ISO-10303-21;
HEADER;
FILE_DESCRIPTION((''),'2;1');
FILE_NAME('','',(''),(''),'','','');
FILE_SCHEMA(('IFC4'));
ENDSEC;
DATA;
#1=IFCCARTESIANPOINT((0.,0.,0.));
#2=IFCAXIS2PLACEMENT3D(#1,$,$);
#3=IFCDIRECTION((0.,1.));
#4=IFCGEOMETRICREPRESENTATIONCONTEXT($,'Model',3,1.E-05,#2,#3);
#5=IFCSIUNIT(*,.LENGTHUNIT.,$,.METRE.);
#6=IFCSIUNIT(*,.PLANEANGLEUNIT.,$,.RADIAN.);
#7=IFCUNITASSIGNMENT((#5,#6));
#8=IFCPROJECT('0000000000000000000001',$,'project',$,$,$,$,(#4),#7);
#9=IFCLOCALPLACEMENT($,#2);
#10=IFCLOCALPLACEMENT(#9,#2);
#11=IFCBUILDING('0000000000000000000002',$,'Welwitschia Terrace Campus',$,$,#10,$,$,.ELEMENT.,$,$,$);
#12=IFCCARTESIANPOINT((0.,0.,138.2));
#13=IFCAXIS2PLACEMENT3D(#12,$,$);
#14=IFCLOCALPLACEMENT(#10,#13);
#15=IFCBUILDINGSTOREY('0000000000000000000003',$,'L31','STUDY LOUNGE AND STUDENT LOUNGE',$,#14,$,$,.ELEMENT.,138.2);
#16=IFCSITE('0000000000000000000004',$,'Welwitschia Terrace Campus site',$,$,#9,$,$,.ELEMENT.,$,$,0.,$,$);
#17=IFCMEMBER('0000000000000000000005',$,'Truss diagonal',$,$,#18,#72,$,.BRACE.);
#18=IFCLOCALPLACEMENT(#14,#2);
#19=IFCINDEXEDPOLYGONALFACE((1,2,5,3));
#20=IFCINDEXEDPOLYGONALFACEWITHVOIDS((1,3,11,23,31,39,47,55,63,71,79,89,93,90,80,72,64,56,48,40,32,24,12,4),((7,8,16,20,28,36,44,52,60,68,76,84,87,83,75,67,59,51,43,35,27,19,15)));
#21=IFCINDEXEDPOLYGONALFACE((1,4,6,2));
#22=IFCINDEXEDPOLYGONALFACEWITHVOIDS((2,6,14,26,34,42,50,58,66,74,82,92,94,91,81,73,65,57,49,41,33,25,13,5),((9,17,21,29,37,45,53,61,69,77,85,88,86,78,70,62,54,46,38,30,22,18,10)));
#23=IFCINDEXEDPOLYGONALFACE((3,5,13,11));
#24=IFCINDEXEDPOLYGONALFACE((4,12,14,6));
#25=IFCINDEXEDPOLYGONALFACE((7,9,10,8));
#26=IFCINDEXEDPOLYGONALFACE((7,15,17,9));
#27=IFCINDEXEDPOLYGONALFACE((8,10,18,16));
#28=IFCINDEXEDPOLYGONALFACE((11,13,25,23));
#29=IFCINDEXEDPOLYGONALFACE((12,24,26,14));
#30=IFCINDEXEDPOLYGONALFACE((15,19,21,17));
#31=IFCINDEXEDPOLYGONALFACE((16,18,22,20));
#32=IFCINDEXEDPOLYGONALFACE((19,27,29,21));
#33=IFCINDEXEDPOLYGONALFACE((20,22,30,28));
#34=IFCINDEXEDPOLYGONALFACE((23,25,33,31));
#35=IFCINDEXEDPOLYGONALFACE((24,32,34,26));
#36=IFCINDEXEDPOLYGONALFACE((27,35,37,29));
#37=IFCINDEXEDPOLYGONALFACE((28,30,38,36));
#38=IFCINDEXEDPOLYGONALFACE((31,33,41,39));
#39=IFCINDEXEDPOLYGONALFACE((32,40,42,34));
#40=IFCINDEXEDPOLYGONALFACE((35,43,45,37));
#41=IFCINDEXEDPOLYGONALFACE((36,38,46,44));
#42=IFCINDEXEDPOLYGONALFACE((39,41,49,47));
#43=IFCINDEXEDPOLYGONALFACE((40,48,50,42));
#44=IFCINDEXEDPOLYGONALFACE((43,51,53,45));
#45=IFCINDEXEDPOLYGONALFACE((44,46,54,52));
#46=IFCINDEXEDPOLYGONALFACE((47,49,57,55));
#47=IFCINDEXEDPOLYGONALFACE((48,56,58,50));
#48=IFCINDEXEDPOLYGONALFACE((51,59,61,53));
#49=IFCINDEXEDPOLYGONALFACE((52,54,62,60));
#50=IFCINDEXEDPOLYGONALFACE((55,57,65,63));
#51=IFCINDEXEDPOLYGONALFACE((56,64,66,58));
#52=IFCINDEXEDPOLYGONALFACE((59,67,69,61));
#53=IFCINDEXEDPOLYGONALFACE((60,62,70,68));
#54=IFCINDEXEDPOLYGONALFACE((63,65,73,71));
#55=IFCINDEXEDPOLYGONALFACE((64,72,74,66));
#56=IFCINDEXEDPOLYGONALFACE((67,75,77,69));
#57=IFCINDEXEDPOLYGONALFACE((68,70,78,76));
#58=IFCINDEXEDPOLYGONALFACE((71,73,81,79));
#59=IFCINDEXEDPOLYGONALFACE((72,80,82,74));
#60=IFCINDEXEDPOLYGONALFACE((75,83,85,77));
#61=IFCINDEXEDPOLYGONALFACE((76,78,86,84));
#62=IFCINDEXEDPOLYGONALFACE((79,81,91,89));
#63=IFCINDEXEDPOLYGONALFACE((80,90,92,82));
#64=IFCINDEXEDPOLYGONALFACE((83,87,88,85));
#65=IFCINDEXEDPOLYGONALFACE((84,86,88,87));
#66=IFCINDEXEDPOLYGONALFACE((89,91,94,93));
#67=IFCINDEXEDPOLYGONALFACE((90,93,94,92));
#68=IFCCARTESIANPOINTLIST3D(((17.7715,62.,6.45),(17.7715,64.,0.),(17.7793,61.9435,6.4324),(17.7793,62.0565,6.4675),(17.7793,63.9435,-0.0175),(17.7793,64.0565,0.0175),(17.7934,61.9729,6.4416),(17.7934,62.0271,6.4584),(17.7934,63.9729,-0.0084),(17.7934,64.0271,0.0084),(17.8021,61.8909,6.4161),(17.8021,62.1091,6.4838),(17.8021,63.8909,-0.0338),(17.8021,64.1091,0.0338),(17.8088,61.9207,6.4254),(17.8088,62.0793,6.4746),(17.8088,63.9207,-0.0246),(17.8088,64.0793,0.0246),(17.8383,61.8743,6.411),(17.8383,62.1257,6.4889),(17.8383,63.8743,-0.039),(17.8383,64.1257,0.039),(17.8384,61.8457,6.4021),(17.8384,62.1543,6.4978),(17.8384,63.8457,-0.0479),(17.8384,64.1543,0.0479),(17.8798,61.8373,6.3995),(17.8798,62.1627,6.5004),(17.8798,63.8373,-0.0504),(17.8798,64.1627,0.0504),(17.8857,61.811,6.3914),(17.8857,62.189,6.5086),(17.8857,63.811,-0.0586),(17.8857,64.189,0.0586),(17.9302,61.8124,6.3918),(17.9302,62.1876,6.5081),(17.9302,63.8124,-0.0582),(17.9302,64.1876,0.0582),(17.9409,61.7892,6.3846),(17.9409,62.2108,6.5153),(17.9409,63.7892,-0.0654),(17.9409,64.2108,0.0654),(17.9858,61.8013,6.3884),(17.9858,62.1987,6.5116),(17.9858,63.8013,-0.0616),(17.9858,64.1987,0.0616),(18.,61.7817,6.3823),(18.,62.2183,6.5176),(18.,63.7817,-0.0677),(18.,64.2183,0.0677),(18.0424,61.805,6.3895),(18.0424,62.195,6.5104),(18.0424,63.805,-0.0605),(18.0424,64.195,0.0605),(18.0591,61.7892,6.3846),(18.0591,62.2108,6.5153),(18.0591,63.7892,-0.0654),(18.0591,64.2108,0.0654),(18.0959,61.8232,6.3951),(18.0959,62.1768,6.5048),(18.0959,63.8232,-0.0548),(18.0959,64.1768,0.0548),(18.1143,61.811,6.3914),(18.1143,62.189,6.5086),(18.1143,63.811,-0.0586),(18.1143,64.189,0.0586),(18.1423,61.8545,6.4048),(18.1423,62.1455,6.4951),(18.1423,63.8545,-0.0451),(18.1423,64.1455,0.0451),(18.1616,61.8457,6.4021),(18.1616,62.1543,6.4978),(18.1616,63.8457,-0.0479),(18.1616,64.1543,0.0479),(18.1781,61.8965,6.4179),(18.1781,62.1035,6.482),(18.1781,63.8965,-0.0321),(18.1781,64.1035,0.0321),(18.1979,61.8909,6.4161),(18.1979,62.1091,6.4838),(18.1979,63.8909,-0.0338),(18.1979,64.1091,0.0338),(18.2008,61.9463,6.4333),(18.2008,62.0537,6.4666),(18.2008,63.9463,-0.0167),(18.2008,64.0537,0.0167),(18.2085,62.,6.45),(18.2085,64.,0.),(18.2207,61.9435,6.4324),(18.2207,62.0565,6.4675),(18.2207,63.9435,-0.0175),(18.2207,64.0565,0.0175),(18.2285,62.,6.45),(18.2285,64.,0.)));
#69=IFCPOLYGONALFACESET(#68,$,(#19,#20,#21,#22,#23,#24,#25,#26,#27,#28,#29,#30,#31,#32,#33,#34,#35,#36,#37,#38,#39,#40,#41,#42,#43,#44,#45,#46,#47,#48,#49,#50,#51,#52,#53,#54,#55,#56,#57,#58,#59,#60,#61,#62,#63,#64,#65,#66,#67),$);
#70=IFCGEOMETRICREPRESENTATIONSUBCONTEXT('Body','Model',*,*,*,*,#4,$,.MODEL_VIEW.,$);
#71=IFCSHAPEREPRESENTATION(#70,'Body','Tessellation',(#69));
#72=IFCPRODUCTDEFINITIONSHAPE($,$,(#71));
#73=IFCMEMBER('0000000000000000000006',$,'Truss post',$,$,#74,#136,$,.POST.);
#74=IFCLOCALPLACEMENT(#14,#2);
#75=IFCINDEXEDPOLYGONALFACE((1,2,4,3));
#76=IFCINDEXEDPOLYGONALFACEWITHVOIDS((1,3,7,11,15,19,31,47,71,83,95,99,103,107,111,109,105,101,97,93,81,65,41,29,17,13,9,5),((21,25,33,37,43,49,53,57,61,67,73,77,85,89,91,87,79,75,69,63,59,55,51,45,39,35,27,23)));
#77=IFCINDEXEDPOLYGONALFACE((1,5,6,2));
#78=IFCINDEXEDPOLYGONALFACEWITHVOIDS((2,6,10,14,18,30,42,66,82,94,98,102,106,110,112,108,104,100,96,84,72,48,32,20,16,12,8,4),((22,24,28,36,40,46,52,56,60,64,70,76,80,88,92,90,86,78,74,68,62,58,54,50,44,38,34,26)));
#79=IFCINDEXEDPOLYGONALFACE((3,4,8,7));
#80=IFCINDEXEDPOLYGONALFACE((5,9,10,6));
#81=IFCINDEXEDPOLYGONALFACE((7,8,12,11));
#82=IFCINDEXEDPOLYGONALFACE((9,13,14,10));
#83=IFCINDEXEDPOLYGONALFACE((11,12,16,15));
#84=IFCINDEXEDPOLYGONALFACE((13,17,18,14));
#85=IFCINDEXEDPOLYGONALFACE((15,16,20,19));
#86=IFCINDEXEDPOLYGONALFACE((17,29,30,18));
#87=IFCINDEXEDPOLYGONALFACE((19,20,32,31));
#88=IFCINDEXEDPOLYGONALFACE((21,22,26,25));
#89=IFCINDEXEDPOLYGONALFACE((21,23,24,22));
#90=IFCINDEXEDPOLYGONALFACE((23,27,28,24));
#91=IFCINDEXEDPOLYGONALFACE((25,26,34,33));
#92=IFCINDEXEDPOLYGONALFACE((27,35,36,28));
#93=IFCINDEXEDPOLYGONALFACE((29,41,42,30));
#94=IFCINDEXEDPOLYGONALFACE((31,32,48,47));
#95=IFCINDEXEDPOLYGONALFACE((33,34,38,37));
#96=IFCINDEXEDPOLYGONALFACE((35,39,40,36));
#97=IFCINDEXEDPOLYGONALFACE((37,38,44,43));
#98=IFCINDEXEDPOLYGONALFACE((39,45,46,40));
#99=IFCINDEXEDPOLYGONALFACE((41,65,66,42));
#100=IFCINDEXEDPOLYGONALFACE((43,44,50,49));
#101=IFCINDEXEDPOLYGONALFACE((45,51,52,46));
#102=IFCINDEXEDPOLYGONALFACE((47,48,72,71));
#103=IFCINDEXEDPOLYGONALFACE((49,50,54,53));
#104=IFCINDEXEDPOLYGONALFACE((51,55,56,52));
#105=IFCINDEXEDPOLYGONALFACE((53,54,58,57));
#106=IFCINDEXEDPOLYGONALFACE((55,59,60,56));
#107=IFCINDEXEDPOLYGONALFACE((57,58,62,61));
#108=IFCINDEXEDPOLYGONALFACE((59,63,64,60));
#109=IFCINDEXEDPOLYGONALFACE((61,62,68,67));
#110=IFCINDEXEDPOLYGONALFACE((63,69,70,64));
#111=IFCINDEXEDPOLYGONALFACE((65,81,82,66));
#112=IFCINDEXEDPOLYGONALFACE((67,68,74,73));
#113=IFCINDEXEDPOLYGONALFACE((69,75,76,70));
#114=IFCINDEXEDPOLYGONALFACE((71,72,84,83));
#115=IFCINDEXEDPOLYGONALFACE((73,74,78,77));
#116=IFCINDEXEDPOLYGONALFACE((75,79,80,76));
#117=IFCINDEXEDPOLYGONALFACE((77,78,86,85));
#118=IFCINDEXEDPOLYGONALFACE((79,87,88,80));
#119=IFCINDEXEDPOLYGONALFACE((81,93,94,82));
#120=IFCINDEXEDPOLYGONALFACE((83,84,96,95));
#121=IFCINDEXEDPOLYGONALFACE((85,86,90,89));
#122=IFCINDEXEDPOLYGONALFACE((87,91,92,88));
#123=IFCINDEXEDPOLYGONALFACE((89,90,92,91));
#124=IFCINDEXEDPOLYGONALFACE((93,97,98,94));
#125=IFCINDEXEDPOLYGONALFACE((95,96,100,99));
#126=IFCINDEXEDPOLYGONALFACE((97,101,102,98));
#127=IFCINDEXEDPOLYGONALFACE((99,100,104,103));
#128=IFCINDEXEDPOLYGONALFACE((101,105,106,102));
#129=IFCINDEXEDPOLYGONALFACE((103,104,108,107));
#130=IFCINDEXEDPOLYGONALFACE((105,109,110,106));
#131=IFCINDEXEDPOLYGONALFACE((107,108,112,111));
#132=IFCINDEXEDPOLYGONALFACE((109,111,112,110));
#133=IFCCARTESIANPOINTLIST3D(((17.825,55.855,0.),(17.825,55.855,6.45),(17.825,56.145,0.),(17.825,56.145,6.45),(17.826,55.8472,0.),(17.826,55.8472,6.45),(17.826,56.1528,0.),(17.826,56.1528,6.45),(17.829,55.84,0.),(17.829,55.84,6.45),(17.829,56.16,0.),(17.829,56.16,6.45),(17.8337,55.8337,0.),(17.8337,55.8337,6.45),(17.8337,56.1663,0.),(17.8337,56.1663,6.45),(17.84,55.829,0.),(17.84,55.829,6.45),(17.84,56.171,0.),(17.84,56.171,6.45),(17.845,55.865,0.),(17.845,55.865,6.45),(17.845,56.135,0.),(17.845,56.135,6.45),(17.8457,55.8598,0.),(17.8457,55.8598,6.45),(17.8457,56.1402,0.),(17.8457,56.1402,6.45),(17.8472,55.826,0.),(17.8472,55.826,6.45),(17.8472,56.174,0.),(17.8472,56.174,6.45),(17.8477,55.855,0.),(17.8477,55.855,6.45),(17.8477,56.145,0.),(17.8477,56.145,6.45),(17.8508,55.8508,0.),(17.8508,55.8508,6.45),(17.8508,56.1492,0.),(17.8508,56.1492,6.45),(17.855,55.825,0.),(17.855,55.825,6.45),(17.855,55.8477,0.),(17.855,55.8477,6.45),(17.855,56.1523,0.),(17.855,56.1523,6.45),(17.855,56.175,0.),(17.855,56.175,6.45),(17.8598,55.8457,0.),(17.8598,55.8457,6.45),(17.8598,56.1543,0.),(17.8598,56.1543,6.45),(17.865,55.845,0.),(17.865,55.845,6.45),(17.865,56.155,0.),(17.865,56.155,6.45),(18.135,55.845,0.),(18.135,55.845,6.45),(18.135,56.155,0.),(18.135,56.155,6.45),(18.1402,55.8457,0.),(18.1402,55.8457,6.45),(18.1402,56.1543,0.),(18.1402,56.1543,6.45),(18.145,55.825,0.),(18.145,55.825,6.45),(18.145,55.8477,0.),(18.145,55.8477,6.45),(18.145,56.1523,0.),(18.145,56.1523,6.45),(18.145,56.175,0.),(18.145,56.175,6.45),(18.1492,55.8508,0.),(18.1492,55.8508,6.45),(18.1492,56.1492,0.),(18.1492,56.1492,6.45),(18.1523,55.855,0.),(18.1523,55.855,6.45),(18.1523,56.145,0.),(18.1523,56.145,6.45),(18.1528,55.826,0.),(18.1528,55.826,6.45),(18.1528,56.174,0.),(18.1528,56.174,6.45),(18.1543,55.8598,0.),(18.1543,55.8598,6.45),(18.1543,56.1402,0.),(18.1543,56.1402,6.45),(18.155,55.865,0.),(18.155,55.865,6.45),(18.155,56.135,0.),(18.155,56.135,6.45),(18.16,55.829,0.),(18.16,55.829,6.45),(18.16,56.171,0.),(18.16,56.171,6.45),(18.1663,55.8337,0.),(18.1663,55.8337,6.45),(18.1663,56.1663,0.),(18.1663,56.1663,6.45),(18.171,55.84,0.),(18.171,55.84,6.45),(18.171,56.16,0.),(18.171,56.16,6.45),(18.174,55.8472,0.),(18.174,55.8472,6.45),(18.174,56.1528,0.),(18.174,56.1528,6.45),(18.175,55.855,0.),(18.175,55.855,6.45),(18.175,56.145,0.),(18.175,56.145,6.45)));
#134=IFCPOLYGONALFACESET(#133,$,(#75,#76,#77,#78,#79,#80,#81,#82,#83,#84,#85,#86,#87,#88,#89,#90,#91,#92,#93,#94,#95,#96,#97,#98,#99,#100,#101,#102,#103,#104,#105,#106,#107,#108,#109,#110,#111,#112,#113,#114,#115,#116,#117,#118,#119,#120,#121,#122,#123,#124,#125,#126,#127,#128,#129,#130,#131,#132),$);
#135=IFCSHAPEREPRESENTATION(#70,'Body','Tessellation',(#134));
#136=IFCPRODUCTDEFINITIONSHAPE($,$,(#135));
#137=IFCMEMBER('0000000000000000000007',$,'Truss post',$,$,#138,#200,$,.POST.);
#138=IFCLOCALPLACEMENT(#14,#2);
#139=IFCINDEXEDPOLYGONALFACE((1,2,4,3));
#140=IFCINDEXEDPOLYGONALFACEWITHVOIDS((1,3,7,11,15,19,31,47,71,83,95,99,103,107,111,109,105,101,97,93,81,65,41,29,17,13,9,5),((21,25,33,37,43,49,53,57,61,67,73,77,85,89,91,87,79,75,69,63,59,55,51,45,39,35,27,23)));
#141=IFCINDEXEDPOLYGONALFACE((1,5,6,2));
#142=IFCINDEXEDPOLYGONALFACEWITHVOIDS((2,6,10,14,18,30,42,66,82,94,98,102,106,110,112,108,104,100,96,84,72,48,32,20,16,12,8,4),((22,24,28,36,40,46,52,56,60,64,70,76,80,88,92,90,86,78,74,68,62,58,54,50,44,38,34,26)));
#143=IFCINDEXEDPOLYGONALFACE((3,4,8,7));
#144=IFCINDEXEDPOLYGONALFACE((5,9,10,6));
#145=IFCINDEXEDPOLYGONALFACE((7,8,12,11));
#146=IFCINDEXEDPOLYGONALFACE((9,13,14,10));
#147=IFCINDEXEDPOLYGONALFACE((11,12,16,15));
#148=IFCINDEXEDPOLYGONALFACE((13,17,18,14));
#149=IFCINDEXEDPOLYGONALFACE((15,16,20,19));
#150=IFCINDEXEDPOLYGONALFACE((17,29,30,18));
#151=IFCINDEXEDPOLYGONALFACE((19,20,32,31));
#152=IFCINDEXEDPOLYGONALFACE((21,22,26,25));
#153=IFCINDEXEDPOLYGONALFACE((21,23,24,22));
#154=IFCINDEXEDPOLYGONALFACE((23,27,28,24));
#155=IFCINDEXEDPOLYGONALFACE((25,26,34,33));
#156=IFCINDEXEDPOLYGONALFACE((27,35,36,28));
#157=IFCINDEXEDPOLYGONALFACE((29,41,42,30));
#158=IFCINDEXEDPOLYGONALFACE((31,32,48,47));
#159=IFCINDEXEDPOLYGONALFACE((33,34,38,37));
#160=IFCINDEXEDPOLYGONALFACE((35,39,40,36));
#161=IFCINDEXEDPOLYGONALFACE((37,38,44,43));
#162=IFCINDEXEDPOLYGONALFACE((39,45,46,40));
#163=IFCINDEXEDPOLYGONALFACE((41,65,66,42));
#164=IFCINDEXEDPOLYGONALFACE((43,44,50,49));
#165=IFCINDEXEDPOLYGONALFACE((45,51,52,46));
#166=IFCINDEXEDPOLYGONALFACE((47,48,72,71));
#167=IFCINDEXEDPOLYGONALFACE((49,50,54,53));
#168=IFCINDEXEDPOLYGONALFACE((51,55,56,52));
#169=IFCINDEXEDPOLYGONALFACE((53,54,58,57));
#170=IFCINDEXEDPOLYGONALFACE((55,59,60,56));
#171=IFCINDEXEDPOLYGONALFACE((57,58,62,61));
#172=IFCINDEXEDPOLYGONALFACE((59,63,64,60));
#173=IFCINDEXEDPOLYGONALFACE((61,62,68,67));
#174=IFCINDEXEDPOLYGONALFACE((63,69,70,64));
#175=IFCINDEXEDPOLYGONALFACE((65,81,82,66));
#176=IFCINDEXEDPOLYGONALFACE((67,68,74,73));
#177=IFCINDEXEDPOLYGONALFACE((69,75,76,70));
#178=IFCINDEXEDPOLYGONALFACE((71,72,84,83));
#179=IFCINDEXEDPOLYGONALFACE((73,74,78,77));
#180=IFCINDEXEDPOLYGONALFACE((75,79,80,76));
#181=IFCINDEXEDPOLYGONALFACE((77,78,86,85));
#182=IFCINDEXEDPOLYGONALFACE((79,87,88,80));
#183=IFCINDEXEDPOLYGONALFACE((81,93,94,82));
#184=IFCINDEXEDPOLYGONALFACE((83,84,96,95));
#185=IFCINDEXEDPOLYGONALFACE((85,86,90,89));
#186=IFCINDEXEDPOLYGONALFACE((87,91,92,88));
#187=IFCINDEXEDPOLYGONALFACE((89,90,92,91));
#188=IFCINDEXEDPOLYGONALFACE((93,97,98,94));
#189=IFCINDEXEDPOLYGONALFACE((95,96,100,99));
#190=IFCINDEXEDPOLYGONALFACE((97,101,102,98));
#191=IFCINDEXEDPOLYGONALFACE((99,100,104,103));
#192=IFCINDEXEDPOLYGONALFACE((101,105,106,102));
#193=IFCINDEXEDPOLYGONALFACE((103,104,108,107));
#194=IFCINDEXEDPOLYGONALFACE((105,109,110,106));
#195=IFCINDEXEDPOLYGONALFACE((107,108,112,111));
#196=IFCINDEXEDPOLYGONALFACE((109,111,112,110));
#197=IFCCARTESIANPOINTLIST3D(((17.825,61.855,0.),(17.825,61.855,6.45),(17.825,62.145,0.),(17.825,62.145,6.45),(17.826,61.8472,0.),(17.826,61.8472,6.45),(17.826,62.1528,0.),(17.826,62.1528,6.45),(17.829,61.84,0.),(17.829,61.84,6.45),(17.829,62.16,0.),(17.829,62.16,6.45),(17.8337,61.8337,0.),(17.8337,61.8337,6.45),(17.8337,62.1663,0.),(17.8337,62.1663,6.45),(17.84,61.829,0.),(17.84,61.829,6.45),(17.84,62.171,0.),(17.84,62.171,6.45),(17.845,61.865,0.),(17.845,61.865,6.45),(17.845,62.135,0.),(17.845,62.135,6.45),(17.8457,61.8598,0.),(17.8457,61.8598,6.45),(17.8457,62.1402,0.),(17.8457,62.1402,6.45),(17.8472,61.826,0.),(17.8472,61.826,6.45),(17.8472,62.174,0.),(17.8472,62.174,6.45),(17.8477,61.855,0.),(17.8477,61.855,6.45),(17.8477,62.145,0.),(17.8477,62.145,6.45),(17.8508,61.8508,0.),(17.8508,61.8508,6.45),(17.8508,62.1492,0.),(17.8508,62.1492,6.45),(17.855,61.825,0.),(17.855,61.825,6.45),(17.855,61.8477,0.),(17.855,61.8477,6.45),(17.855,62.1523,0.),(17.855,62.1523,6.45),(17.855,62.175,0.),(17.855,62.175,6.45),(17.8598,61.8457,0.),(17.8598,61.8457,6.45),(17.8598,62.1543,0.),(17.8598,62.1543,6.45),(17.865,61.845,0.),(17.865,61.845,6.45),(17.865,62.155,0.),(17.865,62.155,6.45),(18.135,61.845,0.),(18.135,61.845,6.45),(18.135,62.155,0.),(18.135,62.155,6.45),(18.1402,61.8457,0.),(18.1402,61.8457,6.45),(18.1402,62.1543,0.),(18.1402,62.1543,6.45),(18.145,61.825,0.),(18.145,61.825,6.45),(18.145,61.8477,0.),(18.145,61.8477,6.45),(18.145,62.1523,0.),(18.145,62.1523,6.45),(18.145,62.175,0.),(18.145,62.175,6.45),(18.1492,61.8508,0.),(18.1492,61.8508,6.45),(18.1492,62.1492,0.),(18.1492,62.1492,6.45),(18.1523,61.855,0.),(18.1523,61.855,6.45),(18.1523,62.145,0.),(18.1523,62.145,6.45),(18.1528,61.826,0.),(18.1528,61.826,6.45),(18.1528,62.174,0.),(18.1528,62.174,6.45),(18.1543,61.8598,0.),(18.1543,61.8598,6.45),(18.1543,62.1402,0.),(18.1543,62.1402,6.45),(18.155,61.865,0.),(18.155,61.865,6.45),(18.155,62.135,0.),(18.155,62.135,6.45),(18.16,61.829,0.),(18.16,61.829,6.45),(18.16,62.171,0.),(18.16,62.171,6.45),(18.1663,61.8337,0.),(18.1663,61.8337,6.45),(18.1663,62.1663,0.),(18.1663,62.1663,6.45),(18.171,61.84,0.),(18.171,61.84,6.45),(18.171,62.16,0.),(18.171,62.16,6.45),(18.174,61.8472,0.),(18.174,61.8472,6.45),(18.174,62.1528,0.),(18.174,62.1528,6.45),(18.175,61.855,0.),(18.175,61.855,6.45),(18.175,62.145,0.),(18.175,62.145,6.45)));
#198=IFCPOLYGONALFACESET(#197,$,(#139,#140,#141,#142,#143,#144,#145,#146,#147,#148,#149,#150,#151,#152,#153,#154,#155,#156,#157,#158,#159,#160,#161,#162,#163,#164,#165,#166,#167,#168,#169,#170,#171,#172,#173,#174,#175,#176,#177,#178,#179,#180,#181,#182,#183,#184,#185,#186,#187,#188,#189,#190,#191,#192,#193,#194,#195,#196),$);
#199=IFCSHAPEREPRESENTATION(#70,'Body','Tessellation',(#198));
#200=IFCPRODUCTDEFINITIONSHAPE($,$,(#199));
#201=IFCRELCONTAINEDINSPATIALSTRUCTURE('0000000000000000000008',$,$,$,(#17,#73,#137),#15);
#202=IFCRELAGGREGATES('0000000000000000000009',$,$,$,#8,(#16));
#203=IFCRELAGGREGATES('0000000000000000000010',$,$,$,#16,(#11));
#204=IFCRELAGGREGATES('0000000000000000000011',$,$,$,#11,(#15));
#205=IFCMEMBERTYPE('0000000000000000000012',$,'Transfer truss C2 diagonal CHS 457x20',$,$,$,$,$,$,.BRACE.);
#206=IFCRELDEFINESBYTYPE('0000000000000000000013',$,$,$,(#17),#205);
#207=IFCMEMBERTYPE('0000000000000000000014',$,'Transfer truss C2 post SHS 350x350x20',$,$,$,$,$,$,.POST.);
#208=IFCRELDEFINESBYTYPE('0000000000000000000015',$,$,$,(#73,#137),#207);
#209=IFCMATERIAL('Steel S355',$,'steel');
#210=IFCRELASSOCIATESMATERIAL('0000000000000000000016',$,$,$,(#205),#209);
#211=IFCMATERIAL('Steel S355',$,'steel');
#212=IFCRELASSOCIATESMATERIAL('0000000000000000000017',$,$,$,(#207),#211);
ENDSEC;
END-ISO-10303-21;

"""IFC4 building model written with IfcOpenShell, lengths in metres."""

from ifc_helpers import new_model, si_unit, direction, frame, origin, origin_2d, place, context, subcontext, project, spatial, hollow_rectangle, hollow_circle, extrude, material, material_profile, profile_set, type_object, element, save


model = new_model("IFC4")

# Units and contexts
model_context = context("Model", 3, precision=1e-05, world=origin(), true_north=direction((0.0, 1.0)))
body_context = subcontext(model_context, "Body", "Model", "MODEL_VIEW")
ifc_project = project(units=[si_unit("LENGTHUNIT", "METRE"), si_unit("PLANEANGLEUNIT", "RADIAN")], contexts=[model_context])

# Site, building, storey
site_placement = place(None, origin())
site = spatial("IfcSite", under=ifc_project, at=site_placement, Name="Welwitschia Terrace Campus site", CompositionType="ELEMENT", RefElevation=0.0)
building_placement = place(site_placement, origin())
building = spatial("IfcBuilding", under=site, at=building_placement, Name="Welwitschia Terrace Campus", CompositionType="ELEMENT")
storey_placement = place(building_placement, frame((0.0, 0.0, 138.2)))
storey = spatial("IfcBuildingStorey", under=building, at=storey_placement, Name="L31", Description="STUDY LOUNGE AND STUDENT LOUNGE", CompositionType="ELEMENT", Elevation=138.2)

# Members
ifc_material_1 = material(Name="Steel S355", Category="steel")
ifc_material_profile_1 = material_profile(ifc_material_1, hollow_circle(Radius=0.2285, WallThickness=0.02, at=origin_2d()))
ifc_profile_set_1 = profile_set([ifc_material_profile_1], Name="Steel S355")
member_type_1 = type_object("IfcMemberType", Name="Transfer truss C2 diagonal CHS 457x20", PredefinedType="BRACE", material=ifc_profile_set_1)
member_1_placement = place(storey_placement, frame((18.0, 64.0, 0.0), z_axis=(0.0, -0.296168, 0.955136), x_axis=(1.0, 0.0, 0.0)))
element("IfcMember", 1, at=member_1_placement, inside=storey, type_object=member_type_1, Name="Truss diagonal", PredefinedType="BRACE", context=body_context, shape_type="SweptSolid", body=[
    extrude(hollow_circle(Radius=0.2285, WallThickness=0.02, at=origin_2d()), origin(), (0.0, 0.0, 1.0), 6.7529),
])
ifc_material_2 = material(Name="Steel S355", Category="steel")
ifc_material_profile_2 = material_profile(ifc_material_2, hollow_rectangle(XDim=0.3501, YDim=0.3501, WallThickness=0.02, InnerFilletRadius=0.02, OuterFilletRadius=0.03, at=origin_2d()))
ifc_profile_set_2 = profile_set([ifc_material_profile_2], Name="Steel S355")
member_type_2 = type_object("IfcMemberType", Name="Transfer truss C2 post SHS 350x350x20", PredefinedType="POST", material=ifc_profile_set_2)
for number, where, z_axis, x_axis, name in (
    (2, (18.0, 56.0, 0.0), (0.0, 0.0, 1.0), (1.0, 0.0, 0.0), "Truss post"),
    (3, (18.0, 62.0, 0.0), (0.0, 0.0, 1.0), (1.0, 0.0, 0.0), "Truss post"),
):
    element("IfcMember", number, at=place(storey_placement, frame(where, z_axis=z_axis, x_axis=x_axis)), inside=storey, type_object=member_type_2, Name=name, PredefinedType="POST", context=body_context, shape_type="SweptSolid", body=[
        extrude(hollow_rectangle(XDim=0.3501, YDim=0.3501, WallThickness=0.02, InnerFilletRadius=0.02, OuterFilletRadius=0.03, at=origin_2d()), origin(), (0.0, 0.0, 1.0), 6.45),
    ])

save(model, "model.ifc")
